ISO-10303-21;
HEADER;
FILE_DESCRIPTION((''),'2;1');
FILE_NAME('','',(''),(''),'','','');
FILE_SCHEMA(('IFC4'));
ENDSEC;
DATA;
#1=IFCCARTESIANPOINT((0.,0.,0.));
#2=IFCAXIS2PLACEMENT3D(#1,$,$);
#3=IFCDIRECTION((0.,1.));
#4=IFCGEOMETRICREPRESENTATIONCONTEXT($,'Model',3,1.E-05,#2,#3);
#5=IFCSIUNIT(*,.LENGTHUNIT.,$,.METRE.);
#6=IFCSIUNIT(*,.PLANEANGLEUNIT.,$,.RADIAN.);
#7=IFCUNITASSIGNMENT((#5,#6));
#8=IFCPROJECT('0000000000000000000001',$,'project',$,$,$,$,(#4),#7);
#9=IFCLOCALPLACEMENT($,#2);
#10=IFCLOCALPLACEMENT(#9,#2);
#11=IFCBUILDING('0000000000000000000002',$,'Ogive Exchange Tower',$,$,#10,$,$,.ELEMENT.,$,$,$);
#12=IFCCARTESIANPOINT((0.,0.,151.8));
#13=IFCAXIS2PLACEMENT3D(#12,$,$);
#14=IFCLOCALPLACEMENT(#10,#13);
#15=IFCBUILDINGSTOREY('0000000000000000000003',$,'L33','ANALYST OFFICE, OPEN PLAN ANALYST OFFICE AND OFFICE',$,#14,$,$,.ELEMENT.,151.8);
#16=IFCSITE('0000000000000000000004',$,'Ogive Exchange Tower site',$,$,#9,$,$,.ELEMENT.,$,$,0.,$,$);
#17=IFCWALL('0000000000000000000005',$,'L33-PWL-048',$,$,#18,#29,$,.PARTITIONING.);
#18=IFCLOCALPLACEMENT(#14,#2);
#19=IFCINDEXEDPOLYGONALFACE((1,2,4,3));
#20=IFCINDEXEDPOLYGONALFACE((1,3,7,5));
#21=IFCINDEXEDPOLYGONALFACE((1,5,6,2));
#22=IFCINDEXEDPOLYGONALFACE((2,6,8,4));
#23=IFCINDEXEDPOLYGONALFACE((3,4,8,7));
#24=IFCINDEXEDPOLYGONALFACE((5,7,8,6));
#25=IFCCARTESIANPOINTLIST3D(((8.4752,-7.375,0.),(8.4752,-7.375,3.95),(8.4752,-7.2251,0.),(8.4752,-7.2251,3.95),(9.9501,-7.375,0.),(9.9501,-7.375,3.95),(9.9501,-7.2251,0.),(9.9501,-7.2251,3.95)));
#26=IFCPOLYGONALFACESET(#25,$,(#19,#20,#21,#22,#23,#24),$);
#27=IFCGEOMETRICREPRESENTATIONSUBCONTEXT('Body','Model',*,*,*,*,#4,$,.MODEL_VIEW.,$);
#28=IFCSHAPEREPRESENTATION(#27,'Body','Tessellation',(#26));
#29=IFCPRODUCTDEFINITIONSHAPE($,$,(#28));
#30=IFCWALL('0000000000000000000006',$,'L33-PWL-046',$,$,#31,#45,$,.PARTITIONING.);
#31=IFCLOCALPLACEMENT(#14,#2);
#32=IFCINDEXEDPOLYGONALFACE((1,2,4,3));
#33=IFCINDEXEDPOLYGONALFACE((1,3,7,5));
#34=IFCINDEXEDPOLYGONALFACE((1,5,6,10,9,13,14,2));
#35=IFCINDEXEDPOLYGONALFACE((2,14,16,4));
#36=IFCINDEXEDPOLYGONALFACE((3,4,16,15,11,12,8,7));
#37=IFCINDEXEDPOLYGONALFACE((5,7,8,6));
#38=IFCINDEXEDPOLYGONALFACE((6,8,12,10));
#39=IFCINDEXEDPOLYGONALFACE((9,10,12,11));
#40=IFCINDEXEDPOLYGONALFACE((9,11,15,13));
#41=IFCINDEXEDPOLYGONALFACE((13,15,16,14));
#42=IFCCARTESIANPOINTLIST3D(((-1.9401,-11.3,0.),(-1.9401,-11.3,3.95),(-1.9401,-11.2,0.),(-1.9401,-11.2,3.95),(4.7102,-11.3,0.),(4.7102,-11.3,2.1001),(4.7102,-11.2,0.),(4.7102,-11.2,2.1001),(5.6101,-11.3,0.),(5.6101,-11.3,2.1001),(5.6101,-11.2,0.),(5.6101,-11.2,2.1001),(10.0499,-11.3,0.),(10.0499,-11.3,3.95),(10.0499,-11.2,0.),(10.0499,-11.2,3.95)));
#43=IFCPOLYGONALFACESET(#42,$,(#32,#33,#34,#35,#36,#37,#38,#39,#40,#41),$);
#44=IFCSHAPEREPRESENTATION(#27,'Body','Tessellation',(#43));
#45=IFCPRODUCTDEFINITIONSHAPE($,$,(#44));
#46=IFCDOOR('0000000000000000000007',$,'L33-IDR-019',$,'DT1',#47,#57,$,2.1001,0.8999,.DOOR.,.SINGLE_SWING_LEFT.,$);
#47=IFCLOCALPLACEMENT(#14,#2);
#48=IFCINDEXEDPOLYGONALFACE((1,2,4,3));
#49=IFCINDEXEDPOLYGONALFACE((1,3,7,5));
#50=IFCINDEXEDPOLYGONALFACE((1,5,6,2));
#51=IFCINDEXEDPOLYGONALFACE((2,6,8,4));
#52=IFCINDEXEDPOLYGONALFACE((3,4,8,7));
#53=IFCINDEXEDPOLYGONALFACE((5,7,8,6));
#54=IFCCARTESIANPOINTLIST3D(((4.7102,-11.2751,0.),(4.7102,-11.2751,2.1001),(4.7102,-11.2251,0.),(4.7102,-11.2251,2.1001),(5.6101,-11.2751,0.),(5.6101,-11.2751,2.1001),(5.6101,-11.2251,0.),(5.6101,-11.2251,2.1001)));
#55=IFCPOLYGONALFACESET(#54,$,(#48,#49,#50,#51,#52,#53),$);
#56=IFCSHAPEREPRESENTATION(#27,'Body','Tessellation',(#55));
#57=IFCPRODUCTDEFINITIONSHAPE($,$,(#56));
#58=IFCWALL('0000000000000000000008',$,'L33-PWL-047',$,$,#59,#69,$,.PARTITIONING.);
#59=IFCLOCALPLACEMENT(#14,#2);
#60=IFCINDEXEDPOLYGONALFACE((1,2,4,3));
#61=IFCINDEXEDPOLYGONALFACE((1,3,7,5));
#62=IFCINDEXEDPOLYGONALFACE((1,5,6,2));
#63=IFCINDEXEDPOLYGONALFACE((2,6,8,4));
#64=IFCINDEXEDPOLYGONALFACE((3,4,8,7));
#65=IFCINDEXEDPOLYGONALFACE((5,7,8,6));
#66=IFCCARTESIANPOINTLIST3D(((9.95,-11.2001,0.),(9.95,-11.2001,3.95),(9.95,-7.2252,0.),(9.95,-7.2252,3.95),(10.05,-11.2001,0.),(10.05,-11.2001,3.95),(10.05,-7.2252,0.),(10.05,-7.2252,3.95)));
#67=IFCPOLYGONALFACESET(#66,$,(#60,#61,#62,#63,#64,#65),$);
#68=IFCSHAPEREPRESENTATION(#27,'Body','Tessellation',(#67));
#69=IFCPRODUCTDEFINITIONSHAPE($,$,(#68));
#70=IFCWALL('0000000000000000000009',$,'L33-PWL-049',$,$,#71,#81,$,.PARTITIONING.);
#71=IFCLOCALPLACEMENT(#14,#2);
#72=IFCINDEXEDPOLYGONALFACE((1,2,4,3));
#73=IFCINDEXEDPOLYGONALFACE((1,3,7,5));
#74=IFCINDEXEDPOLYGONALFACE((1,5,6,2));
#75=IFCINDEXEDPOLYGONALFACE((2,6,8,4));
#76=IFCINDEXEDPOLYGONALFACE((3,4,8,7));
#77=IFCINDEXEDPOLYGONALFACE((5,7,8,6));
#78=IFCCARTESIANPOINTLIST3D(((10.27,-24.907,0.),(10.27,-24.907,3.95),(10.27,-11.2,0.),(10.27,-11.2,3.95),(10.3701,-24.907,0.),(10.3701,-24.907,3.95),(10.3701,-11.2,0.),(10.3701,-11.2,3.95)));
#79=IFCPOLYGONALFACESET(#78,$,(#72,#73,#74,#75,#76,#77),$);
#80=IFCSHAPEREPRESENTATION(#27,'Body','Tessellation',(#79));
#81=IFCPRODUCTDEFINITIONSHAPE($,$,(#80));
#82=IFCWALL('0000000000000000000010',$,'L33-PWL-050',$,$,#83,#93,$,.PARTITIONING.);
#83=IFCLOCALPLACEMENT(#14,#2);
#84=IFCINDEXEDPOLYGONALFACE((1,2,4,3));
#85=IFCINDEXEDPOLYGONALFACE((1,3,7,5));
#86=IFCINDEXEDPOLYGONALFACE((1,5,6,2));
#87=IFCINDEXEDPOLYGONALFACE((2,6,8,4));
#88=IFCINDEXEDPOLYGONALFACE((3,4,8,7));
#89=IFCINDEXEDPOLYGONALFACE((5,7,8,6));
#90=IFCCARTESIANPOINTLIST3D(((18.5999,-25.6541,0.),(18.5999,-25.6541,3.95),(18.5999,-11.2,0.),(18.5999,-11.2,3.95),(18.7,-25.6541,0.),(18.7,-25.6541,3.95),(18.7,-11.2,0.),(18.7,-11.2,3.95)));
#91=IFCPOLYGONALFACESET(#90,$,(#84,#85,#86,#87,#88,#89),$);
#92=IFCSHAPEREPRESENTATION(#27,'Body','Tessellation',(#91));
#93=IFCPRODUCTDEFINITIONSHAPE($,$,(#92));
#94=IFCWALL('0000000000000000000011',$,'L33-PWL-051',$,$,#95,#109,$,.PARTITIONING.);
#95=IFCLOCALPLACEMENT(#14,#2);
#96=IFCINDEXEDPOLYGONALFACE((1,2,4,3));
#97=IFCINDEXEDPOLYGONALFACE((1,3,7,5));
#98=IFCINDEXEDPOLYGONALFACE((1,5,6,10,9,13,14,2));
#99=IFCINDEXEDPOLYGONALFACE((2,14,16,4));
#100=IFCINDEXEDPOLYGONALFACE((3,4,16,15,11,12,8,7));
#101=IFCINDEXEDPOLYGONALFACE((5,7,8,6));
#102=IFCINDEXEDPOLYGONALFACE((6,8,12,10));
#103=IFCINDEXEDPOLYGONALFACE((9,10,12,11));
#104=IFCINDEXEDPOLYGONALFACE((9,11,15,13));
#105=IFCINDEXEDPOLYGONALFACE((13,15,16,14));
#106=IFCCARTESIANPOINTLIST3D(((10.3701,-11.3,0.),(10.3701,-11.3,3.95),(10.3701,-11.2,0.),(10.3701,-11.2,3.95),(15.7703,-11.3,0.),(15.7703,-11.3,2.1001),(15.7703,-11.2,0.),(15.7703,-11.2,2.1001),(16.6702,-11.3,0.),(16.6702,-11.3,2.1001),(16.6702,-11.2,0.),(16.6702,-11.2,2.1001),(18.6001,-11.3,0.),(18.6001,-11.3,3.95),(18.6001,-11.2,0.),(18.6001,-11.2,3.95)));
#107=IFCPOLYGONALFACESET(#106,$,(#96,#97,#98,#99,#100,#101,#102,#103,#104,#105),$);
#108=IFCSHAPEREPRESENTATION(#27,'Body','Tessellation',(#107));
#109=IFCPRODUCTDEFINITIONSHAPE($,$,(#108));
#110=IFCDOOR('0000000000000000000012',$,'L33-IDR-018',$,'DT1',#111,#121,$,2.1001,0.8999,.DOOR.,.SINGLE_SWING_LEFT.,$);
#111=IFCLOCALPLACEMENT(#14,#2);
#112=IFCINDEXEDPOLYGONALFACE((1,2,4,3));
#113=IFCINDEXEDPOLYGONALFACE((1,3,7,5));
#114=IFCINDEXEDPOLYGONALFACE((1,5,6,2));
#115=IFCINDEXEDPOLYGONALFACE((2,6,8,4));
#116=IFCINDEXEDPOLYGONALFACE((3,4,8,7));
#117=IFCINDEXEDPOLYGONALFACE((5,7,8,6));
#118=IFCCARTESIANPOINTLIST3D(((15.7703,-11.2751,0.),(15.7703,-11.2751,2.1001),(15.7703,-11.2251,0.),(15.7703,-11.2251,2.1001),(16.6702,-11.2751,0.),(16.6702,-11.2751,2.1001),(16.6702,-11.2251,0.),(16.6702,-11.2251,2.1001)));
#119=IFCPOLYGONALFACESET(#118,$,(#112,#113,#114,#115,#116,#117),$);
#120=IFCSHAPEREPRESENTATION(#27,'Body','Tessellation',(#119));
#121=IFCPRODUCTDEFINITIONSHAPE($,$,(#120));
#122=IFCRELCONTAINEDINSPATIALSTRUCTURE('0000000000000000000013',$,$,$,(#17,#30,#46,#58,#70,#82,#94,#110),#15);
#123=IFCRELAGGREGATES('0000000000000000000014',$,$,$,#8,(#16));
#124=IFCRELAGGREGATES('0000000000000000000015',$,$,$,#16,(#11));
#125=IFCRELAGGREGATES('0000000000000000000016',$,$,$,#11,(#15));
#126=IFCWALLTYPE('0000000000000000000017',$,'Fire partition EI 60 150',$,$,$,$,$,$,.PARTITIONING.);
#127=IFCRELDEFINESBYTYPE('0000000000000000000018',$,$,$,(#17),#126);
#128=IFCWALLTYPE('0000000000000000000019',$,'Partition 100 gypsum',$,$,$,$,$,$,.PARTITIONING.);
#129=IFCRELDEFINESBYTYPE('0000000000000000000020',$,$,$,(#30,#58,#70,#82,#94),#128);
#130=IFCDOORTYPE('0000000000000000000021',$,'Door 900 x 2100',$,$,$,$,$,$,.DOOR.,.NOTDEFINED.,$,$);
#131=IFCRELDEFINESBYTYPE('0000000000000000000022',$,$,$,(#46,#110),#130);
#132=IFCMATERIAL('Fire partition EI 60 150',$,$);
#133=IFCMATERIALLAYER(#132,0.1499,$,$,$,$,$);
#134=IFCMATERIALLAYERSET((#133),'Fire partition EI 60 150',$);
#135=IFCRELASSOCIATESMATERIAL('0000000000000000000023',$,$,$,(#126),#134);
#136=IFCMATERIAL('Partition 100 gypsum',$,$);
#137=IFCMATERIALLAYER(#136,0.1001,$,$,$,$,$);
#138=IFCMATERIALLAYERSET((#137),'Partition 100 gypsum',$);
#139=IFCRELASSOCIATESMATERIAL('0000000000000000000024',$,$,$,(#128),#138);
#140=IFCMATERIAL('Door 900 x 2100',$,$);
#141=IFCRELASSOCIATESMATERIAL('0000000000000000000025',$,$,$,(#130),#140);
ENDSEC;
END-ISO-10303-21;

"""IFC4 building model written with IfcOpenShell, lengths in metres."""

from ifc_helpers import new_model, si_unit, direction, frame, frame_2d, origin, place, context, subcontext, project, spatial, rectangle, extrude, material, layer, layer_set, type_object, element, fill, save


model = new_model("IFC4")

# Units and contexts
model_context = context("Model", 3, precision=1e-05, world=origin(), true_north=direction((0.0, 1.0)))
body_context = subcontext(model_context, "Body", "Model", "MODEL_VIEW")
ifc_project = project(units=[si_unit("LENGTHUNIT", "METRE"), si_unit("PLANEANGLEUNIT", "RADIAN")], contexts=[model_context])

# Site, building, storey
site_placement = place(None, origin())
site = spatial("IfcSite", under=ifc_project, at=site_placement, Name="Ogive Exchange Tower site", CompositionType="ELEMENT", RefElevation=0.0)
building_placement = place(site_placement, origin())
building = spatial("IfcBuilding", under=site, at=building_placement, Name="Ogive Exchange Tower", CompositionType="ELEMENT")
storey_placement = place(building_placement, frame((0.0, 0.0, 151.8)))
storey = spatial("IfcBuildingStorey", under=building, at=storey_placement, Name="L33", Description="ANALYST OFFICE, OPEN PLAN ANALYST OFFICE AND OFFICE", CompositionType="ELEMENT", Elevation=151.8)

# Shared definitions
ifc_material_1 = material(Name="Fire partition EI 60 150")
ifc_layer_1 = layer(ifc_material_1, 0.1499)
ifc_layer_set_1 = layer_set([ifc_layer_1], Name="Fire partition EI 60 150")
wall_type_1 = type_object("IfcWallType", Name="Fire partition EI 60 150", PredefinedType="PARTITIONING", material=ifc_layer_set_1)

# Wall
wall_1_placement = place(storey_placement, frame((9.95, -7.3, 0.0), z_axis=(0.0, 0.0, 1.0), x_axis=(-1.0, 0.0, 0.0)))
element("IfcWall", 1, at=wall_1_placement, inside=storey, type_object=wall_type_1, Name="L33-PWL-048", PredefinedType="PARTITIONING", context=body_context, shape_type="SweptSolid", body=[
    extrude(rectangle(XDim=1.4749, YDim=0.1499, at=frame_2d((0.7373, 0.0))), origin(), (0.0, 0.0, 1.0), 3.95),
])

# Wall, opening, door
ifc_material_2 = material(Name="Partition 100 gypsum")
ifc_layer_2 = layer(ifc_material_2, 0.1001)
ifc_layer_set_2 = layer_set([ifc_layer_2], Name="Partition 100 gypsum")
wall_type_2 = type_object("IfcWallType", Name="Partition 100 gypsum", PredefinedType="PARTITIONING", material=ifc_layer_set_2)
wall_2_placement = place(storey_placement, frame((10.05, -11.25, 0.0), z_axis=(0.0, 0.0, 1.0), x_axis=(-1.0, 0.0, 0.0)))
wall_2 = element("IfcWall", 2, at=wall_2_placement, inside=storey, type_object=wall_type_2, Name="L33-PWL-046", PredefinedType="PARTITIONING", context=body_context, shape_type="SweptSolid", body=[
    extrude(rectangle(XDim=11.99, YDim=0.1001, at=frame_2d((5.9951, 0.0))), origin(), (0.0, 0.0, 1.0), 3.95),
])
opening_1_placement = place(wall_2_placement, frame((4.4399, 0.0, 0.0)))
opening_1 = element("IfcOpeningElement", 3, at=opening_1_placement, cuts=wall_2, PredefinedType="OPENING", context=body_context, shape_type="SweptSolid", body=[
    extrude(rectangle(XDim=0.8999, YDim=2.1001, at=frame_2d((0.45, 1.05))), frame((0.0, 0.0601, 0.0), z_axis=(0.0, -1.0, 0.0), x_axis=(1.0, 0.0, 0.0)), (0.0, 0.0, 1.0), 0.1201),
])
ifc_material_3 = material(Name="Door 900 x 2100")
door_type_1 = type_object("IfcDoorType", Name="Door 900 x 2100", OperationType="NOTDEFINED", PredefinedType="DOOR", material=ifc_material_3)
door_1_placement = place(opening_1_placement, frame((0.8999, 0.0, 0.0), z_axis=(0.0, 0.0, 1.0), x_axis=(-1.0, 0.0, 0.0)))
door_1 = element("IfcDoor", 4, at=door_1_placement, inside=storey, type_object=door_type_1, Name="L33-IDR-019", ObjectType="DT1", OperationType="SINGLE_SWING_LEFT", OverallHeight=2.1001, OverallWidth=0.8999, PredefinedType="DOOR", context=body_context, shape_type="SweptSolid", body=[
    extrude(rectangle(XDim=0.8999, YDim=2.1001, at=frame_2d((0.45, 1.05))), frame((0.0, 0.0249, 0.0), z_axis=(0.0, -1.0, 0.0), x_axis=(1.0, 0.0, 0.0)), (0.0, 0.0, 1.0), 0.05),
])
fill(opening_1, door_1)

# Walls
wall_3_placement = place(storey_placement, frame((10.0, -11.2, 0.0), z_axis=(0.0, 0.0, 1.0), x_axis=(0.0, 1.0, 0.0)))
element("IfcWall", 5, at=wall_3_placement, inside=storey, type_object=wall_type_2, Name="L33-PWL-047", PredefinedType="PARTITIONING", context=body_context, shape_type="SweptSolid", body=[
    extrude(rectangle(XDim=3.9749, YDim=0.1001, at=frame_2d((1.9873, 0.0))), origin(), (0.0, 0.0, 1.0), 3.95),
])
wall_4_placement = place(storey_placement, frame((10.3201, -24.907, 0.0), z_axis=(0.0, 0.0, 1.0), x_axis=(0.0, 1.0, 0.0)))
element("IfcWall", 6, at=wall_4_placement, inside=storey, type_object=wall_type_2, Name="L33-PWL-049", PredefinedType="PARTITIONING", context=body_context, shape_type="SweptSolid", body=[
    extrude(rectangle(XDim=13.707, YDim=0.1001, at=frame_2d((6.8535, 0.0))), origin(), (0.0, 0.0, 1.0), 3.95),
])
wall_5_placement = place(storey_placement, frame((18.6499, -25.6541, 0.0), z_axis=(0.0, 0.0, 1.0), x_axis=(0.0, 1.0, 0.0)))
element("IfcWall", 7, at=wall_5_placement, inside=storey, type_object=wall_type_2, Name="L33-PWL-050", PredefinedType="PARTITIONING", context=body_context, shape_type="SweptSolid", body=[
    extrude(rectangle(XDim=14.4541, YDim=0.1001, at=frame_2d((7.2271, 0.0))), origin(), (0.0, 0.0, 1.0), 3.95),
])

# Wall, opening, door
wall_6_placement = place(storey_placement, frame((18.6001, -11.25, 0.0), z_axis=(0.0, 0.0, 1.0), x_axis=(-1.0, 0.0, 0.0)))
wall_6 = element("IfcWall", 8, at=wall_6_placement, inside=storey, type_object=wall_type_2, Name="L33-PWL-051", PredefinedType="PARTITIONING", context=body_context, shape_type="SweptSolid", body=[
    extrude(rectangle(XDim=8.23, YDim=0.1001, at=frame_2d((4.115, 0.0))), origin(), (0.0, 0.0, 1.0), 3.95),
])
opening_2_placement = place(wall_6_placement, frame((1.9299, 0.0, 0.0)))
opening_2 = element("IfcOpeningElement", 9, at=opening_2_placement, cuts=wall_6, PredefinedType="OPENING", context=body_context, shape_type="SweptSolid", body=[
    extrude(rectangle(XDim=0.8999, YDim=2.1001, at=frame_2d((0.45, 1.05))), frame((0.0, 0.0601, 0.0), z_axis=(0.0, -1.0, 0.0), x_axis=(1.0, 0.0, 0.0)), (0.0, 0.0, 1.0), 0.1201),
])
door_2_placement = place(opening_2_placement, frame((0.8999, 0.0, 0.0), z_axis=(0.0, 0.0, 1.0), x_axis=(-1.0, 0.0, 0.0)))
door_2 = element("IfcDoor", 10, at=door_2_placement, inside=storey, type_object=door_type_1, Name="L33-IDR-018", ObjectType="DT1", OperationType="SINGLE_SWING_LEFT", OverallHeight=2.1001, OverallWidth=0.8999, PredefinedType="DOOR", context=body_context, shape_type="SweptSolid", body=[
    extrude(rectangle(XDim=0.8999, YDim=2.1001, at=frame_2d((0.45, 1.05))), frame((0.0, 0.0249, 0.0), z_axis=(0.0, -1.0, 0.0), x_axis=(1.0, 0.0, 0.0)), (0.0, 0.0, 1.0), 0.05),
])
fill(opening_2, door_2)

save(model, "model.ifc")
